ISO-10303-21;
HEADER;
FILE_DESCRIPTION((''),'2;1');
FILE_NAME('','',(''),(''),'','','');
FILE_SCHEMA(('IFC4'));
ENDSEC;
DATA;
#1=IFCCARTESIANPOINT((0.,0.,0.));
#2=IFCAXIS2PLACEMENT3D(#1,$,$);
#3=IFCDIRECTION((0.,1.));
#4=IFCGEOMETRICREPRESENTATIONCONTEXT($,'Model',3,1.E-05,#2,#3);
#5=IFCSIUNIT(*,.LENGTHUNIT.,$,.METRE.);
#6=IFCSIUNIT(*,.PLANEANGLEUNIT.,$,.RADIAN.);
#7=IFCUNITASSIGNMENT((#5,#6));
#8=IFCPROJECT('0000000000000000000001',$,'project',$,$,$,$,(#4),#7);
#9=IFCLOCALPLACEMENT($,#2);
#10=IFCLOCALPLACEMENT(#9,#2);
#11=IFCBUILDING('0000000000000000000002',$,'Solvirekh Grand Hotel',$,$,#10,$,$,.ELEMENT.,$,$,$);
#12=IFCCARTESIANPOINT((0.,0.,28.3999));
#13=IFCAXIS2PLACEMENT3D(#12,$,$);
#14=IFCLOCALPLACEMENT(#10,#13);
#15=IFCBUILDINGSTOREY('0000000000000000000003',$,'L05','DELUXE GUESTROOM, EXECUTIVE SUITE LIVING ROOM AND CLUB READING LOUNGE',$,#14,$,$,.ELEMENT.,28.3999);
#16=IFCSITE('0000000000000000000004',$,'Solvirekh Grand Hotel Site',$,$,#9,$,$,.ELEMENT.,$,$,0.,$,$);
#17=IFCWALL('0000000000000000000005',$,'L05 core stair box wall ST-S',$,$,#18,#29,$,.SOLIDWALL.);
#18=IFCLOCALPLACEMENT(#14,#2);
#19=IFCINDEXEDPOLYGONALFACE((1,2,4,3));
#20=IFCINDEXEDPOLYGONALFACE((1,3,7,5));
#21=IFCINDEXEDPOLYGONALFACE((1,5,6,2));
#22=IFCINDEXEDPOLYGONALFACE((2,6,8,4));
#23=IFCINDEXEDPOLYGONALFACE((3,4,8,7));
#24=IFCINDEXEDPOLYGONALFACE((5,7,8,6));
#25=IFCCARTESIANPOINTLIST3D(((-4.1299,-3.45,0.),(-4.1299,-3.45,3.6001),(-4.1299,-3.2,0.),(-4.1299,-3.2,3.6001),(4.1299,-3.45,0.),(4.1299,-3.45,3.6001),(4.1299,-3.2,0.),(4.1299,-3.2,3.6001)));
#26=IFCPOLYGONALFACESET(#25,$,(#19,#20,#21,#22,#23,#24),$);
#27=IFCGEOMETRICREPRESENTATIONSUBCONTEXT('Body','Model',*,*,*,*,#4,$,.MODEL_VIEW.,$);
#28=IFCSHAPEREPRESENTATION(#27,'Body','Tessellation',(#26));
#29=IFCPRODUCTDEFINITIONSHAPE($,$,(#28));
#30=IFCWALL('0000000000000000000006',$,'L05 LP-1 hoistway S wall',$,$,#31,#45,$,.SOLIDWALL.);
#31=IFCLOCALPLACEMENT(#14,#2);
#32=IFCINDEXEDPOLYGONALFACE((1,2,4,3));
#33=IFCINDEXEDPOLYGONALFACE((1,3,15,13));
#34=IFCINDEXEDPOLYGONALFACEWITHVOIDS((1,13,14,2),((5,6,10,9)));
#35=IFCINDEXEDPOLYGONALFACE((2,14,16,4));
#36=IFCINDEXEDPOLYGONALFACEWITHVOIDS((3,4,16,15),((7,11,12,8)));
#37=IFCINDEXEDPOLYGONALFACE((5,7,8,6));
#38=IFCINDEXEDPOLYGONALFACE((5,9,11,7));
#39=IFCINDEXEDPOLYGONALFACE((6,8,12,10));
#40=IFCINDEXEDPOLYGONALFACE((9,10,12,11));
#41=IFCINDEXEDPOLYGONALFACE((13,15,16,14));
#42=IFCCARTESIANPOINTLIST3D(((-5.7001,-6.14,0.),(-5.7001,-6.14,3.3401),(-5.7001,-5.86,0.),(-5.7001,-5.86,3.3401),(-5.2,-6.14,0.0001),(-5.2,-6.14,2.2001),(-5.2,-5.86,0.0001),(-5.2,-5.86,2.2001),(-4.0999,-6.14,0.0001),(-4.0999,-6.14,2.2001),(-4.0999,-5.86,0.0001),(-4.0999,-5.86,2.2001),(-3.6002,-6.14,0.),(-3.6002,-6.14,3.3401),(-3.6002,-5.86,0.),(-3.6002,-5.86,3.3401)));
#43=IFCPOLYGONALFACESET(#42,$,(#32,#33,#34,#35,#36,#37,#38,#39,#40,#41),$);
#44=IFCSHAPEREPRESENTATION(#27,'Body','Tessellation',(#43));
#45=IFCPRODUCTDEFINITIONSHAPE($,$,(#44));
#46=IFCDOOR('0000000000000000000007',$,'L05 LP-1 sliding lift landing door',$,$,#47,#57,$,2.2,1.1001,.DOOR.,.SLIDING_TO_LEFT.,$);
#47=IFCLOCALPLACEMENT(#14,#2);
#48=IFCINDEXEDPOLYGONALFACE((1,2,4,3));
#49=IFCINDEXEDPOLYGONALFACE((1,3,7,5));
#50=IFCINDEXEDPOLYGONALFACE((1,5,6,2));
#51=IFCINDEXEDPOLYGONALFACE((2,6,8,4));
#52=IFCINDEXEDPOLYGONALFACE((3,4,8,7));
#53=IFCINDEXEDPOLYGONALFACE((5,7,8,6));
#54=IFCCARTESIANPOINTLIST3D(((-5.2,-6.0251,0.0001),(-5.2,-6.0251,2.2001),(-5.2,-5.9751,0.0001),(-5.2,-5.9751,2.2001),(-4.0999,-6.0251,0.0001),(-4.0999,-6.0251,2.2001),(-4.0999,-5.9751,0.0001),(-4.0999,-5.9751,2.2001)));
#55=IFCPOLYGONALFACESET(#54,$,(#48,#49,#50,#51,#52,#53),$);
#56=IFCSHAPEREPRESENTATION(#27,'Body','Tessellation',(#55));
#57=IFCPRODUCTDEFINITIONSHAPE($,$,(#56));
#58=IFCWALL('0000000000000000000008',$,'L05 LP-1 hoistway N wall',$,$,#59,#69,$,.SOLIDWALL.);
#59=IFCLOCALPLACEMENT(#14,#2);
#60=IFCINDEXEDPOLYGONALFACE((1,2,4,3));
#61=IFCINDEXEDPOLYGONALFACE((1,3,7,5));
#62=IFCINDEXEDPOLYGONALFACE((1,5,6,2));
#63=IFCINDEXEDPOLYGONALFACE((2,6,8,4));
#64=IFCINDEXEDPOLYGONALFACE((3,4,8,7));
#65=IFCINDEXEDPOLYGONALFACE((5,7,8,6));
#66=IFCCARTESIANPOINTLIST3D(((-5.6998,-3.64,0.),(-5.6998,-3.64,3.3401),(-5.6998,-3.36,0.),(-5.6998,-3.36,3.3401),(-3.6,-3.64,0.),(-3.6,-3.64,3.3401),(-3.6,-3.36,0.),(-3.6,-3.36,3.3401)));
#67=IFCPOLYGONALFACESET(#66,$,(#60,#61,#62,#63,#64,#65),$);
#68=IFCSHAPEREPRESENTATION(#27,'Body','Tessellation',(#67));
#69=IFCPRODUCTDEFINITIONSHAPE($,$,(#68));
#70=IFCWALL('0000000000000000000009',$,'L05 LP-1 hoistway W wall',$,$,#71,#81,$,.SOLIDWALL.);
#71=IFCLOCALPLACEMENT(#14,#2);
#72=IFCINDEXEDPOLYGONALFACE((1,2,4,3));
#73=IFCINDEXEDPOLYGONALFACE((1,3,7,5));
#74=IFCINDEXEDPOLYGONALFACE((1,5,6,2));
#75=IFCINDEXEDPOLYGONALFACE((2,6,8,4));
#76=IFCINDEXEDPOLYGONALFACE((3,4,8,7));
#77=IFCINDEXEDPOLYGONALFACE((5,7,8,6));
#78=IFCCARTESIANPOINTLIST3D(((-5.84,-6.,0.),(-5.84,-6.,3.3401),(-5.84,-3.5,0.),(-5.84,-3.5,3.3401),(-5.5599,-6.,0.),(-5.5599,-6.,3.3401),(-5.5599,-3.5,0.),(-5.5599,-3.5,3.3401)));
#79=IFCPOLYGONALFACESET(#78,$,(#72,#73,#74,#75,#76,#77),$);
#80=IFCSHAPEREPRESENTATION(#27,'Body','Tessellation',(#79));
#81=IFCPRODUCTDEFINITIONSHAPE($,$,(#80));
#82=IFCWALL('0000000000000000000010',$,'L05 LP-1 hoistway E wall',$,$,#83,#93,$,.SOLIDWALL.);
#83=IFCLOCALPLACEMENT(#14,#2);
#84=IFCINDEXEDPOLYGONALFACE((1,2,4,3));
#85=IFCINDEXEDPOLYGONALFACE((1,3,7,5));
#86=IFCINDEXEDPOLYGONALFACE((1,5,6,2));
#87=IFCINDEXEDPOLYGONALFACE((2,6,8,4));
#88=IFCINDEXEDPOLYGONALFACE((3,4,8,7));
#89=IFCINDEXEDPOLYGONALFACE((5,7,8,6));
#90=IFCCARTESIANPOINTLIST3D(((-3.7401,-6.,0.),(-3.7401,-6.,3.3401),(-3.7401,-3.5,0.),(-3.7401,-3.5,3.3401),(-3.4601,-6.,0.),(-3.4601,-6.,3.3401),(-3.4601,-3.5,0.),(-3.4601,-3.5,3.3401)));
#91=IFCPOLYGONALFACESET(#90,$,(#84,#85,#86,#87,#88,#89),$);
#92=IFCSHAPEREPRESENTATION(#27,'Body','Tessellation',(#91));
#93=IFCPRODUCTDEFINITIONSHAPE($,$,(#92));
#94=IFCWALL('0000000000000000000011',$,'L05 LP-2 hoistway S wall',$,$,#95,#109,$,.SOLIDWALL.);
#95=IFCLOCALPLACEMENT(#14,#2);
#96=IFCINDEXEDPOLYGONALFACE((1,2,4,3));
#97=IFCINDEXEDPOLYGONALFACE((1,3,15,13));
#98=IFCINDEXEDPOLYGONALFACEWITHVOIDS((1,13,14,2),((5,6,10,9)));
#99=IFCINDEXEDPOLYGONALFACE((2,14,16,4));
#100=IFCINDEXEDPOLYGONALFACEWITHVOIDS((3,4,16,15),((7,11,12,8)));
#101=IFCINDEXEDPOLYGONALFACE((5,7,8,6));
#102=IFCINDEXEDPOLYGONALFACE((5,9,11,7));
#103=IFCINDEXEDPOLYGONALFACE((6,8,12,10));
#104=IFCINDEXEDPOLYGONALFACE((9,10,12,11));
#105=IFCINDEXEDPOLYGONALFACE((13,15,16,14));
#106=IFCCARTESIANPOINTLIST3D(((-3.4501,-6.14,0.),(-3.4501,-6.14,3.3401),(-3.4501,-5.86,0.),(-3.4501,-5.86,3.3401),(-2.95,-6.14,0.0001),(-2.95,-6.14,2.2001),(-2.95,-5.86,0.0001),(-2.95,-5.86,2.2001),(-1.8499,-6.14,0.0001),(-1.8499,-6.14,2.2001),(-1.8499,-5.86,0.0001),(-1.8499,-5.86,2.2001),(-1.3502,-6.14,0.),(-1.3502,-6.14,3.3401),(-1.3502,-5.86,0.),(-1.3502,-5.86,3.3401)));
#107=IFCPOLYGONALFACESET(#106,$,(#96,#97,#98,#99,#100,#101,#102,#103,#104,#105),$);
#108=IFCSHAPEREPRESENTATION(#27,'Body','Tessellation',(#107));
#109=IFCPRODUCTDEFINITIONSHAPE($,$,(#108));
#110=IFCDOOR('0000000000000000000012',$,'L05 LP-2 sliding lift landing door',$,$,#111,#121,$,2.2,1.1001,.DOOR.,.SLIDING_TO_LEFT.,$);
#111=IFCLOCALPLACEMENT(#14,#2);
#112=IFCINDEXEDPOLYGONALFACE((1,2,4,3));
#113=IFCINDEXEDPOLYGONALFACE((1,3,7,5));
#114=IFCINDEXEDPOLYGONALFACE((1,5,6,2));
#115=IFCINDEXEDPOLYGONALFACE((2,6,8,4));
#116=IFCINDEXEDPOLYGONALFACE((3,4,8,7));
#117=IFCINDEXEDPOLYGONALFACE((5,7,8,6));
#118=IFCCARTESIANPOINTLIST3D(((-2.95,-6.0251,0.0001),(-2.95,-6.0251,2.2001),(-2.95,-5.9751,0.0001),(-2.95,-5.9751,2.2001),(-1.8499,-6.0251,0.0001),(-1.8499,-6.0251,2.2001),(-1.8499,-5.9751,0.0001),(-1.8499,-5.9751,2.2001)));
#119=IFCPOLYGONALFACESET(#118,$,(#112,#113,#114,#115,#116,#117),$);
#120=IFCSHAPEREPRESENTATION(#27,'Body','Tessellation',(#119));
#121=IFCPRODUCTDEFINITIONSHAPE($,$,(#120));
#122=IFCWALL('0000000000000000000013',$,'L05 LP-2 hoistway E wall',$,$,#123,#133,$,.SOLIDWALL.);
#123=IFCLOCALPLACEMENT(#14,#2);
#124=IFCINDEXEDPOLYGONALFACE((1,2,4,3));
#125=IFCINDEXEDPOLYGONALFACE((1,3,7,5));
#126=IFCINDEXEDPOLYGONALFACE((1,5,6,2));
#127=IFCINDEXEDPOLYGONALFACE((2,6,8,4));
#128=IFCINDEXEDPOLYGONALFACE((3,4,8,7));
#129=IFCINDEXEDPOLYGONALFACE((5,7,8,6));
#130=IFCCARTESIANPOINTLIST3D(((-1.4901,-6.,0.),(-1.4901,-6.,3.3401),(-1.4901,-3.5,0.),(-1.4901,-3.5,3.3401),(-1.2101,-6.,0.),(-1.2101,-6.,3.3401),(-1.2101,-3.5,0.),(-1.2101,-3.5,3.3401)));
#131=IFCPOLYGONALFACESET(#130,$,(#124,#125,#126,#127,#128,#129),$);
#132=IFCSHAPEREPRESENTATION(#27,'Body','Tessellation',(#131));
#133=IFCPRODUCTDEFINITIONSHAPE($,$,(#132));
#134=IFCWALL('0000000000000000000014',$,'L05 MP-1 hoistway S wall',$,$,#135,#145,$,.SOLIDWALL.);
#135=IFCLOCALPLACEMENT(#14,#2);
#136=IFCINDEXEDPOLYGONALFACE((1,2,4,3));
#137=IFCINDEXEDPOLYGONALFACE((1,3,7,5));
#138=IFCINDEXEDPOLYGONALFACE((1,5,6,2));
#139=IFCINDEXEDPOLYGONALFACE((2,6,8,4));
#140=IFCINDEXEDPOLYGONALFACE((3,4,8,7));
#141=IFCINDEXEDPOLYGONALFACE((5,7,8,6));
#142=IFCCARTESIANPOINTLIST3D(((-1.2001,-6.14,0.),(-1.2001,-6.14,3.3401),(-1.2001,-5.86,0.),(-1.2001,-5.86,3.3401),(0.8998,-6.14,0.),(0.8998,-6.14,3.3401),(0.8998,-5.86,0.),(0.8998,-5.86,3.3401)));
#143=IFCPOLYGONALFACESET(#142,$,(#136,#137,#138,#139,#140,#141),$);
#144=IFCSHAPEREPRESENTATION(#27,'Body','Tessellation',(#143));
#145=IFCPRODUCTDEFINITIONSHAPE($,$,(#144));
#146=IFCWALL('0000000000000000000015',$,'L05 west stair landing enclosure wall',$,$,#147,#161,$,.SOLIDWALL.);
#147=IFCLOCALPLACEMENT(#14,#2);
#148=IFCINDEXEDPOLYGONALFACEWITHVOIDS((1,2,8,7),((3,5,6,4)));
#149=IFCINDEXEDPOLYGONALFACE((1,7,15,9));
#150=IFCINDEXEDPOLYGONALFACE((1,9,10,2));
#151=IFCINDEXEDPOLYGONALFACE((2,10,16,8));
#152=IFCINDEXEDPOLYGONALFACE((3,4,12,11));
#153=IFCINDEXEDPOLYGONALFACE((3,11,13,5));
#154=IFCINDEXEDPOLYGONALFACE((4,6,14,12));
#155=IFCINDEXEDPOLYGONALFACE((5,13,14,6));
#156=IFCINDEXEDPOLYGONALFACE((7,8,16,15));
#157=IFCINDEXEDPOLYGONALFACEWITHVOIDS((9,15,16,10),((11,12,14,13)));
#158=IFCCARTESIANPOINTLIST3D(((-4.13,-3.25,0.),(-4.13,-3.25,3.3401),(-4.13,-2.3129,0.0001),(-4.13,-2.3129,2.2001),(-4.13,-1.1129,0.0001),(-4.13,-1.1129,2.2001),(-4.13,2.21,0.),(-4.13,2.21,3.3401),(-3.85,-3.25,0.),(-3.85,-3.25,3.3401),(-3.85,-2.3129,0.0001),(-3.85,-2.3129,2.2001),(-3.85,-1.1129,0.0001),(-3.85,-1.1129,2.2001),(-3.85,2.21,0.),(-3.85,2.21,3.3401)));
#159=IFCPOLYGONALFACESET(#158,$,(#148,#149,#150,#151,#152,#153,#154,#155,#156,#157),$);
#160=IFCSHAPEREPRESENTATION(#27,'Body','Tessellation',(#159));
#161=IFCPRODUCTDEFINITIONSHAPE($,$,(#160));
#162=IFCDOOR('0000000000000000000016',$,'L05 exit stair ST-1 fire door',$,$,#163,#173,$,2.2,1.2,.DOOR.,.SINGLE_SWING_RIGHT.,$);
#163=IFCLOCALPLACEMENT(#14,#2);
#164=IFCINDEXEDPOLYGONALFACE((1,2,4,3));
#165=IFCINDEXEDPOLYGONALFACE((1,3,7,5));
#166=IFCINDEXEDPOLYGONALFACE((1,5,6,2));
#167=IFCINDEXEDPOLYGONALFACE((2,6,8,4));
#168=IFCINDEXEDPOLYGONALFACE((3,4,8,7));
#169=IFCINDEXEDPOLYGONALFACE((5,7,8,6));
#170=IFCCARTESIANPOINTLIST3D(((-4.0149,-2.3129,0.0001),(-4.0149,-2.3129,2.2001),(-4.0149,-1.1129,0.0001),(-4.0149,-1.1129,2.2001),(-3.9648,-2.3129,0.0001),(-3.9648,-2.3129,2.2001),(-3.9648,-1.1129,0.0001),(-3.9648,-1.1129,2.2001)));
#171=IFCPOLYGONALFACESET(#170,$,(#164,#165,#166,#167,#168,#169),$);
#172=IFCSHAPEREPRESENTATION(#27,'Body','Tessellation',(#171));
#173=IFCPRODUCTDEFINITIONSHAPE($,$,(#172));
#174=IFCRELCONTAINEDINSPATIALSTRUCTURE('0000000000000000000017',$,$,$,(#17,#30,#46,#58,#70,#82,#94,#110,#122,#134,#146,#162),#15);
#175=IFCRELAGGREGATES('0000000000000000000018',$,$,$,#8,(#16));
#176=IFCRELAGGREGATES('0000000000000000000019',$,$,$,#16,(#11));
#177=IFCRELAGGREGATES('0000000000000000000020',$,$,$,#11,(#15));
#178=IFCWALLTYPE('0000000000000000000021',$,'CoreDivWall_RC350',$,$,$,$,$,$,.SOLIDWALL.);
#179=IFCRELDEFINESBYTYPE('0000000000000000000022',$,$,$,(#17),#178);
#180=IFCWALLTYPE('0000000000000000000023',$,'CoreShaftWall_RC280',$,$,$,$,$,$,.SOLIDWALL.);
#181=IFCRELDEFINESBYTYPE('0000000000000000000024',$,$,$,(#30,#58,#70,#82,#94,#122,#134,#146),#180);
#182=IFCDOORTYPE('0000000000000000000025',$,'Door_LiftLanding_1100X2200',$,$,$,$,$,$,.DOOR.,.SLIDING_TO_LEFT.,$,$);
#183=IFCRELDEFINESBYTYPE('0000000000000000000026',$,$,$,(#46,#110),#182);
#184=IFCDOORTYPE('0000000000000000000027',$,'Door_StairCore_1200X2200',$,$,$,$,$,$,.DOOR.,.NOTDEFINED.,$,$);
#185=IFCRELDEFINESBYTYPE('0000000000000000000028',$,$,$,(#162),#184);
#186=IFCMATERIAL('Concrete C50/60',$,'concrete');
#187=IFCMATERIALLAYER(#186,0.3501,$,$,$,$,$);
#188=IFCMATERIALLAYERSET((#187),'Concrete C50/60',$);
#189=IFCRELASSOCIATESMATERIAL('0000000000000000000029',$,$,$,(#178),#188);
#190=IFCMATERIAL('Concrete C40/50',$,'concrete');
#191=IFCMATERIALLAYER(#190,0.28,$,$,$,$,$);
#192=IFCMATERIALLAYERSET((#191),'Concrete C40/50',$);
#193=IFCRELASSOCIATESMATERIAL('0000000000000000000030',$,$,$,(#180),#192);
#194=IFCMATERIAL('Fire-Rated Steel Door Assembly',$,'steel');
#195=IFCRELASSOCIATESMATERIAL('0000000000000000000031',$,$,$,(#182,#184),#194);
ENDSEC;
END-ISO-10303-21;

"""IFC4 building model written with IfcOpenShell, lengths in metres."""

from ifc_helpers import new_model, si_unit, direction, frame, frame_2d, origin, place, context, subcontext, project, spatial, rectangle, extrude, material, layer, layer_set, type_object, element, fill, save


model = new_model("IFC4")

# Units and contexts
model_context = context("Model", 3, precision=1e-05, world=origin(), true_north=direction((0.0, 1.0)))
body_context = subcontext(model_context, "Body", "Model", "MODEL_VIEW")
ifc_project = project(units=[si_unit("LENGTHUNIT", "METRE"), si_unit("PLANEANGLEUNIT", "RADIAN")], contexts=[model_context])

# Site, building, storey
site_placement = place(None, origin())
site = spatial("IfcSite", under=ifc_project, at=site_placement, Name="Solvirekh Grand Hotel Site", CompositionType="ELEMENT", RefElevation=0.0)
building_placement = place(site_placement, origin())
building = spatial("IfcBuilding", under=site, at=building_placement, Name="Solvirekh Grand Hotel", CompositionType="ELEMENT")
storey_placement = place(building_placement, frame((0.0, 0.0, 28.3999)))
storey = spatial("IfcBuildingStorey", under=building, at=storey_placement, Name="L05", Description="DELUXE GUESTROOM, EXECUTIVE SUITE LIVING ROOM AND CLUB READING LOUNGE", CompositionType="ELEMENT", Elevation=28.3999)

# Wall
ifc_material_1 = material(Name="Concrete C50/60", Category="concrete")
ifc_layer_1 = layer(ifc_material_1, 0.3501)
ifc_layer_set_1 = layer_set([ifc_layer_1], Name="Concrete C50/60")
wall_type_1 = type_object("IfcWallType", Name="CoreDivWall_RC350", PredefinedType="SOLIDWALL", material=ifc_layer_set_1)
wall_1_placement = place(storey_placement, frame((-4.1299, -3.325, 0.0), z_axis=(0.0, 0.0, 1.0), x_axis=(1.0, 0.0, 0.0)))
element("IfcWall", 1, at=wall_1_placement, inside=storey, type_object=wall_type_1, Name="L05 core stair box wall ST-S", PredefinedType="SOLIDWALL", context=body_context, shape_type="SweptSolid", body=[
    extrude(rectangle(XDim=8.2598, YDim=0.25, at=frame_2d((4.1299, 0.0))), origin(), (0.0, 0.0, 1.0), 3.6001),
])

# Wall, opening, door
ifc_material_2 = material(Name="Concrete C40/50", Category="concrete")
ifc_layer_2 = layer(ifc_material_2, 0.28)
ifc_layer_set_2 = layer_set([ifc_layer_2], Name="Concrete C40/50")
wall_type_2 = type_object("IfcWallType", Name="CoreShaftWall_RC280", PredefinedType="SOLIDWALL", material=ifc_layer_set_2)
wall_2_placement = place(storey_placement, frame((-5.7, -6.0, 0.0), z_axis=(0.0, 0.0, 1.0), x_axis=(1.0, 0.0, 0.0)))
wall_2 = element("IfcWall", 2, at=wall_2_placement, inside=storey, type_object=wall_type_2, Name="L05 LP-1 hoistway S wall", PredefinedType="SOLIDWALL", context=body_context, shape_type="SweptSolid", body=[
    extrude(rectangle(XDim=2.0999, YDim=0.28, at=frame_2d((1.0498, 0.0))), origin(), (0.0, 0.0, 1.0), 3.3401),
])
opening_1_placement = place(wall_2_placement, frame((0.5, 0.0, 0.0)))
opening_1 = element("IfcOpeningElement", 3, at=opening_1_placement, cuts=wall_2, PredefinedType="OPENING", context=body_context, shape_type="SweptSolid", body=[
    extrude(rectangle(XDim=1.1001, YDim=2.2, at=frame_2d((0.55, 1.1001))), frame((0.0, 0.1499, 0.0), z_axis=(0.0, -1.0, 0.0), x_axis=(1.0, 0.0, 0.0)), (0.0, 0.0, 1.0), 0.3),
])
ifc_material_3 = material(Name="Fire-Rated Steel Door Assembly", Category="steel")
door_type_1 = type_object("IfcDoorType", Name="Door_LiftLanding_1100X2200", OperationType="SLIDING_TO_LEFT", PredefinedType="DOOR", material=ifc_material_3)
door_1_placement = place(opening_1_placement, origin())
door_1 = element("IfcDoor", 4, at=door_1_placement, inside=storey, type_object=door_type_1, Name="L05 LP-1 sliding lift landing door", OperationType="SLIDING_TO_LEFT", OverallHeight=2.2, OverallWidth=1.1001, PredefinedType="DOOR", context=body_context, shape_type="SweptSolid", body=[
    extrude(rectangle(XDim=1.1001, YDim=2.2, at=frame_2d((0.55, 1.1001))), frame((0.0, 0.0249, 0.0), z_axis=(0.0, -1.0, 0.0), x_axis=(1.0, 0.0, 0.0)), (0.0, 0.0, 1.0), 0.05),
])
fill(opening_1, door_1)

# Walls
wall_3_placement = place(storey_placement, frame((-3.6001, -3.5, 0.0), z_axis=(0.0, 0.0, 1.0), x_axis=(-1.0, 0.0, 0.0)))
element("IfcWall", 5, at=wall_3_placement, inside=storey, type_object=wall_type_2, Name="L05 LP-1 hoistway N wall", PredefinedType="SOLIDWALL", context=body_context, shape_type="SweptSolid", body=[
    extrude(rectangle(XDim=2.0999, YDim=0.28, at=frame_2d((1.0498, 0.0))), origin(), (0.0, 0.0, 1.0), 3.3401),
])
for number, where, z_axis, x_axis, name in (
    (6, (-5.7, -3.5, 0.0), (0.0, 0.0, 1.0), (0.0, -1.0, 0.0), "L05 LP-1 hoistway W wall"),
    (7, (-3.6001, -6.0, 0.0), (0.0, 0.0, 1.0), (0.0, 1.0, 0.0), "L05 LP-1 hoistway E wall"),
):
    element("IfcWall", number, at=place(storey_placement, frame(where, z_axis=z_axis, x_axis=x_axis)), inside=storey, type_object=wall_type_2, Name=name, PredefinedType="SOLIDWALL", context=body_context, shape_type="SweptSolid", body=[
        extrude(rectangle(XDim=2.5, YDim=0.28, at=frame_2d((1.25, 0.0))), origin(), (0.0, 0.0, 1.0), 3.3401),
    ])

# Wall, opening, door
wall_4_placement = place(storey_placement, frame((-3.45, -6.0, 0.0), z_axis=(0.0, 0.0, 1.0), x_axis=(1.0, 0.0, 0.0)))
wall_4 = element("IfcWall", 8, at=wall_4_placement, inside=storey, type_object=wall_type_2, Name="L05 LP-2 hoistway S wall", PredefinedType="SOLIDWALL", context=body_context, shape_type="SweptSolid", body=[
    extrude(rectangle(XDim=2.0999, YDim=0.28, at=frame_2d((1.0498, 0.0))), origin(), (0.0, 0.0, 1.0), 3.3401),
])
opening_2_placement = place(wall_4_placement, frame((0.5, 0.0, 0.0)))
opening_2 = element("IfcOpeningElement", 9, at=opening_2_placement, cuts=wall_4, PredefinedType="OPENING", context=body_context, shape_type="SweptSolid", body=[
    extrude(rectangle(XDim=1.1001, YDim=2.2, at=frame_2d((0.55, 1.1001))), frame((0.0, 0.1499, 0.0), z_axis=(0.0, -1.0, 0.0), x_axis=(1.0, 0.0, 0.0)), (0.0, 0.0, 1.0), 0.3),
])
door_2_placement = place(opening_2_placement, origin())
door_2 = element("IfcDoor", 10, at=door_2_placement, inside=storey, type_object=door_type_1, Name="L05 LP-2 sliding lift landing door", OperationType="SLIDING_TO_LEFT", OverallHeight=2.2, OverallWidth=1.1001, PredefinedType="DOOR", context=body_context, shape_type="SweptSolid", body=[
    extrude(rectangle(XDim=1.1001, YDim=2.2, at=frame_2d((0.55, 1.1001))), frame((0.0, 0.0249, 0.0), z_axis=(0.0, -1.0, 0.0), x_axis=(1.0, 0.0, 0.0)), (0.0, 0.0, 1.0), 0.05),
])
fill(opening_2, door_2)

# Walls
wall_5_placement = place(storey_placement, frame((-1.3501, -6.0, 0.0), z_axis=(0.0, 0.0, 1.0), x_axis=(0.0, 1.0, 0.0)))
element("IfcWall", 11, at=wall_5_placement, inside=storey, type_object=wall_type_2, Name="L05 LP-2 hoistway E wall", PredefinedType="SOLIDWALL", context=body_context, shape_type="SweptSolid", body=[
    extrude(rectangle(XDim=2.5, YDim=0.28, at=frame_2d((1.25, 0.0))), origin(), (0.0, 0.0, 1.0), 3.3401),
])
wall_6_placement = place(storey_placement, frame((-1.2, -6.0, 0.0), z_axis=(0.0, 0.0, 1.0), x_axis=(1.0, 0.0, 0.0)))
element("IfcWall", 12, at=wall_6_placement, inside=storey, type_object=wall_type_2, Name="L05 MP-1 hoistway S wall", PredefinedType="SOLIDWALL", context=body_context, shape_type="SweptSolid", body=[
    extrude(rectangle(XDim=2.0999, YDim=0.28, at=frame_2d((1.0498, 0.0))), origin(), (0.0, 0.0, 1.0), 3.3401),
])

# Wall, opening, door
wall_7_placement = place(storey_placement, frame((-3.99, -3.25, 0.0), z_axis=(0.0, 0.0, 1.0), x_axis=(0.0, 1.0, 0.0)))
wall_7 = element("IfcWall", 13, at=wall_7_placement, inside=storey, type_object=wall_type_2, Name="L05 west stair landing enclosure wall", PredefinedType="SOLIDWALL", context=body_context, shape_type="SweptSolid", body=[
    extrude(rectangle(XDim=5.46, YDim=0.28, at=frame_2d((2.73, 0.0))), origin(), (0.0, 0.0, 1.0), 3.3401),
])
opening_3_placement = place(wall_7_placement, frame((0.937, 0.0, 0.0)))
opening_3 = element("IfcOpeningElement", 14, at=opening_3_placement, cuts=wall_7, PredefinedType="OPENING", context=body_context, shape_type="SweptSolid", body=[
    extrude(rectangle(XDim=1.2, YDim=2.2, at=frame_2d((0.6001, 1.1001))), frame((0.0, 0.1499, 0.0), z_axis=(0.0, -1.0, 0.0), x_axis=(1.0, 0.0, 0.0)), (0.0, 0.0, 1.0), 0.3),
])
door_type_2 = type_object("IfcDoorType", Name="Door_StairCore_1200X2200", OperationType="NOTDEFINED", PredefinedType="DOOR", material=ifc_material_3)
door_3_placement = place(opening_3_placement, origin())
door_3 = element("IfcDoor", 15, at=door_3_placement, inside=storey, type_object=door_type_2, Name="L05 exit stair ST-1 fire door", OperationType="SINGLE_SWING_RIGHT", OverallHeight=2.2, OverallWidth=1.2, PredefinedType="DOOR", context=body_context, shape_type="SweptSolid", body=[
    extrude(rectangle(XDim=1.2, YDim=2.2, at=frame_2d((0.6001, 1.1001))), frame((0.0, 0.0249, 0.0), z_axis=(0.0, -1.0, 0.0), x_axis=(1.0, 0.0, 0.0)), (0.0, 0.0, 1.0), 0.05),
])
fill(opening_3, door_3)

save(model, "model.ifc")
